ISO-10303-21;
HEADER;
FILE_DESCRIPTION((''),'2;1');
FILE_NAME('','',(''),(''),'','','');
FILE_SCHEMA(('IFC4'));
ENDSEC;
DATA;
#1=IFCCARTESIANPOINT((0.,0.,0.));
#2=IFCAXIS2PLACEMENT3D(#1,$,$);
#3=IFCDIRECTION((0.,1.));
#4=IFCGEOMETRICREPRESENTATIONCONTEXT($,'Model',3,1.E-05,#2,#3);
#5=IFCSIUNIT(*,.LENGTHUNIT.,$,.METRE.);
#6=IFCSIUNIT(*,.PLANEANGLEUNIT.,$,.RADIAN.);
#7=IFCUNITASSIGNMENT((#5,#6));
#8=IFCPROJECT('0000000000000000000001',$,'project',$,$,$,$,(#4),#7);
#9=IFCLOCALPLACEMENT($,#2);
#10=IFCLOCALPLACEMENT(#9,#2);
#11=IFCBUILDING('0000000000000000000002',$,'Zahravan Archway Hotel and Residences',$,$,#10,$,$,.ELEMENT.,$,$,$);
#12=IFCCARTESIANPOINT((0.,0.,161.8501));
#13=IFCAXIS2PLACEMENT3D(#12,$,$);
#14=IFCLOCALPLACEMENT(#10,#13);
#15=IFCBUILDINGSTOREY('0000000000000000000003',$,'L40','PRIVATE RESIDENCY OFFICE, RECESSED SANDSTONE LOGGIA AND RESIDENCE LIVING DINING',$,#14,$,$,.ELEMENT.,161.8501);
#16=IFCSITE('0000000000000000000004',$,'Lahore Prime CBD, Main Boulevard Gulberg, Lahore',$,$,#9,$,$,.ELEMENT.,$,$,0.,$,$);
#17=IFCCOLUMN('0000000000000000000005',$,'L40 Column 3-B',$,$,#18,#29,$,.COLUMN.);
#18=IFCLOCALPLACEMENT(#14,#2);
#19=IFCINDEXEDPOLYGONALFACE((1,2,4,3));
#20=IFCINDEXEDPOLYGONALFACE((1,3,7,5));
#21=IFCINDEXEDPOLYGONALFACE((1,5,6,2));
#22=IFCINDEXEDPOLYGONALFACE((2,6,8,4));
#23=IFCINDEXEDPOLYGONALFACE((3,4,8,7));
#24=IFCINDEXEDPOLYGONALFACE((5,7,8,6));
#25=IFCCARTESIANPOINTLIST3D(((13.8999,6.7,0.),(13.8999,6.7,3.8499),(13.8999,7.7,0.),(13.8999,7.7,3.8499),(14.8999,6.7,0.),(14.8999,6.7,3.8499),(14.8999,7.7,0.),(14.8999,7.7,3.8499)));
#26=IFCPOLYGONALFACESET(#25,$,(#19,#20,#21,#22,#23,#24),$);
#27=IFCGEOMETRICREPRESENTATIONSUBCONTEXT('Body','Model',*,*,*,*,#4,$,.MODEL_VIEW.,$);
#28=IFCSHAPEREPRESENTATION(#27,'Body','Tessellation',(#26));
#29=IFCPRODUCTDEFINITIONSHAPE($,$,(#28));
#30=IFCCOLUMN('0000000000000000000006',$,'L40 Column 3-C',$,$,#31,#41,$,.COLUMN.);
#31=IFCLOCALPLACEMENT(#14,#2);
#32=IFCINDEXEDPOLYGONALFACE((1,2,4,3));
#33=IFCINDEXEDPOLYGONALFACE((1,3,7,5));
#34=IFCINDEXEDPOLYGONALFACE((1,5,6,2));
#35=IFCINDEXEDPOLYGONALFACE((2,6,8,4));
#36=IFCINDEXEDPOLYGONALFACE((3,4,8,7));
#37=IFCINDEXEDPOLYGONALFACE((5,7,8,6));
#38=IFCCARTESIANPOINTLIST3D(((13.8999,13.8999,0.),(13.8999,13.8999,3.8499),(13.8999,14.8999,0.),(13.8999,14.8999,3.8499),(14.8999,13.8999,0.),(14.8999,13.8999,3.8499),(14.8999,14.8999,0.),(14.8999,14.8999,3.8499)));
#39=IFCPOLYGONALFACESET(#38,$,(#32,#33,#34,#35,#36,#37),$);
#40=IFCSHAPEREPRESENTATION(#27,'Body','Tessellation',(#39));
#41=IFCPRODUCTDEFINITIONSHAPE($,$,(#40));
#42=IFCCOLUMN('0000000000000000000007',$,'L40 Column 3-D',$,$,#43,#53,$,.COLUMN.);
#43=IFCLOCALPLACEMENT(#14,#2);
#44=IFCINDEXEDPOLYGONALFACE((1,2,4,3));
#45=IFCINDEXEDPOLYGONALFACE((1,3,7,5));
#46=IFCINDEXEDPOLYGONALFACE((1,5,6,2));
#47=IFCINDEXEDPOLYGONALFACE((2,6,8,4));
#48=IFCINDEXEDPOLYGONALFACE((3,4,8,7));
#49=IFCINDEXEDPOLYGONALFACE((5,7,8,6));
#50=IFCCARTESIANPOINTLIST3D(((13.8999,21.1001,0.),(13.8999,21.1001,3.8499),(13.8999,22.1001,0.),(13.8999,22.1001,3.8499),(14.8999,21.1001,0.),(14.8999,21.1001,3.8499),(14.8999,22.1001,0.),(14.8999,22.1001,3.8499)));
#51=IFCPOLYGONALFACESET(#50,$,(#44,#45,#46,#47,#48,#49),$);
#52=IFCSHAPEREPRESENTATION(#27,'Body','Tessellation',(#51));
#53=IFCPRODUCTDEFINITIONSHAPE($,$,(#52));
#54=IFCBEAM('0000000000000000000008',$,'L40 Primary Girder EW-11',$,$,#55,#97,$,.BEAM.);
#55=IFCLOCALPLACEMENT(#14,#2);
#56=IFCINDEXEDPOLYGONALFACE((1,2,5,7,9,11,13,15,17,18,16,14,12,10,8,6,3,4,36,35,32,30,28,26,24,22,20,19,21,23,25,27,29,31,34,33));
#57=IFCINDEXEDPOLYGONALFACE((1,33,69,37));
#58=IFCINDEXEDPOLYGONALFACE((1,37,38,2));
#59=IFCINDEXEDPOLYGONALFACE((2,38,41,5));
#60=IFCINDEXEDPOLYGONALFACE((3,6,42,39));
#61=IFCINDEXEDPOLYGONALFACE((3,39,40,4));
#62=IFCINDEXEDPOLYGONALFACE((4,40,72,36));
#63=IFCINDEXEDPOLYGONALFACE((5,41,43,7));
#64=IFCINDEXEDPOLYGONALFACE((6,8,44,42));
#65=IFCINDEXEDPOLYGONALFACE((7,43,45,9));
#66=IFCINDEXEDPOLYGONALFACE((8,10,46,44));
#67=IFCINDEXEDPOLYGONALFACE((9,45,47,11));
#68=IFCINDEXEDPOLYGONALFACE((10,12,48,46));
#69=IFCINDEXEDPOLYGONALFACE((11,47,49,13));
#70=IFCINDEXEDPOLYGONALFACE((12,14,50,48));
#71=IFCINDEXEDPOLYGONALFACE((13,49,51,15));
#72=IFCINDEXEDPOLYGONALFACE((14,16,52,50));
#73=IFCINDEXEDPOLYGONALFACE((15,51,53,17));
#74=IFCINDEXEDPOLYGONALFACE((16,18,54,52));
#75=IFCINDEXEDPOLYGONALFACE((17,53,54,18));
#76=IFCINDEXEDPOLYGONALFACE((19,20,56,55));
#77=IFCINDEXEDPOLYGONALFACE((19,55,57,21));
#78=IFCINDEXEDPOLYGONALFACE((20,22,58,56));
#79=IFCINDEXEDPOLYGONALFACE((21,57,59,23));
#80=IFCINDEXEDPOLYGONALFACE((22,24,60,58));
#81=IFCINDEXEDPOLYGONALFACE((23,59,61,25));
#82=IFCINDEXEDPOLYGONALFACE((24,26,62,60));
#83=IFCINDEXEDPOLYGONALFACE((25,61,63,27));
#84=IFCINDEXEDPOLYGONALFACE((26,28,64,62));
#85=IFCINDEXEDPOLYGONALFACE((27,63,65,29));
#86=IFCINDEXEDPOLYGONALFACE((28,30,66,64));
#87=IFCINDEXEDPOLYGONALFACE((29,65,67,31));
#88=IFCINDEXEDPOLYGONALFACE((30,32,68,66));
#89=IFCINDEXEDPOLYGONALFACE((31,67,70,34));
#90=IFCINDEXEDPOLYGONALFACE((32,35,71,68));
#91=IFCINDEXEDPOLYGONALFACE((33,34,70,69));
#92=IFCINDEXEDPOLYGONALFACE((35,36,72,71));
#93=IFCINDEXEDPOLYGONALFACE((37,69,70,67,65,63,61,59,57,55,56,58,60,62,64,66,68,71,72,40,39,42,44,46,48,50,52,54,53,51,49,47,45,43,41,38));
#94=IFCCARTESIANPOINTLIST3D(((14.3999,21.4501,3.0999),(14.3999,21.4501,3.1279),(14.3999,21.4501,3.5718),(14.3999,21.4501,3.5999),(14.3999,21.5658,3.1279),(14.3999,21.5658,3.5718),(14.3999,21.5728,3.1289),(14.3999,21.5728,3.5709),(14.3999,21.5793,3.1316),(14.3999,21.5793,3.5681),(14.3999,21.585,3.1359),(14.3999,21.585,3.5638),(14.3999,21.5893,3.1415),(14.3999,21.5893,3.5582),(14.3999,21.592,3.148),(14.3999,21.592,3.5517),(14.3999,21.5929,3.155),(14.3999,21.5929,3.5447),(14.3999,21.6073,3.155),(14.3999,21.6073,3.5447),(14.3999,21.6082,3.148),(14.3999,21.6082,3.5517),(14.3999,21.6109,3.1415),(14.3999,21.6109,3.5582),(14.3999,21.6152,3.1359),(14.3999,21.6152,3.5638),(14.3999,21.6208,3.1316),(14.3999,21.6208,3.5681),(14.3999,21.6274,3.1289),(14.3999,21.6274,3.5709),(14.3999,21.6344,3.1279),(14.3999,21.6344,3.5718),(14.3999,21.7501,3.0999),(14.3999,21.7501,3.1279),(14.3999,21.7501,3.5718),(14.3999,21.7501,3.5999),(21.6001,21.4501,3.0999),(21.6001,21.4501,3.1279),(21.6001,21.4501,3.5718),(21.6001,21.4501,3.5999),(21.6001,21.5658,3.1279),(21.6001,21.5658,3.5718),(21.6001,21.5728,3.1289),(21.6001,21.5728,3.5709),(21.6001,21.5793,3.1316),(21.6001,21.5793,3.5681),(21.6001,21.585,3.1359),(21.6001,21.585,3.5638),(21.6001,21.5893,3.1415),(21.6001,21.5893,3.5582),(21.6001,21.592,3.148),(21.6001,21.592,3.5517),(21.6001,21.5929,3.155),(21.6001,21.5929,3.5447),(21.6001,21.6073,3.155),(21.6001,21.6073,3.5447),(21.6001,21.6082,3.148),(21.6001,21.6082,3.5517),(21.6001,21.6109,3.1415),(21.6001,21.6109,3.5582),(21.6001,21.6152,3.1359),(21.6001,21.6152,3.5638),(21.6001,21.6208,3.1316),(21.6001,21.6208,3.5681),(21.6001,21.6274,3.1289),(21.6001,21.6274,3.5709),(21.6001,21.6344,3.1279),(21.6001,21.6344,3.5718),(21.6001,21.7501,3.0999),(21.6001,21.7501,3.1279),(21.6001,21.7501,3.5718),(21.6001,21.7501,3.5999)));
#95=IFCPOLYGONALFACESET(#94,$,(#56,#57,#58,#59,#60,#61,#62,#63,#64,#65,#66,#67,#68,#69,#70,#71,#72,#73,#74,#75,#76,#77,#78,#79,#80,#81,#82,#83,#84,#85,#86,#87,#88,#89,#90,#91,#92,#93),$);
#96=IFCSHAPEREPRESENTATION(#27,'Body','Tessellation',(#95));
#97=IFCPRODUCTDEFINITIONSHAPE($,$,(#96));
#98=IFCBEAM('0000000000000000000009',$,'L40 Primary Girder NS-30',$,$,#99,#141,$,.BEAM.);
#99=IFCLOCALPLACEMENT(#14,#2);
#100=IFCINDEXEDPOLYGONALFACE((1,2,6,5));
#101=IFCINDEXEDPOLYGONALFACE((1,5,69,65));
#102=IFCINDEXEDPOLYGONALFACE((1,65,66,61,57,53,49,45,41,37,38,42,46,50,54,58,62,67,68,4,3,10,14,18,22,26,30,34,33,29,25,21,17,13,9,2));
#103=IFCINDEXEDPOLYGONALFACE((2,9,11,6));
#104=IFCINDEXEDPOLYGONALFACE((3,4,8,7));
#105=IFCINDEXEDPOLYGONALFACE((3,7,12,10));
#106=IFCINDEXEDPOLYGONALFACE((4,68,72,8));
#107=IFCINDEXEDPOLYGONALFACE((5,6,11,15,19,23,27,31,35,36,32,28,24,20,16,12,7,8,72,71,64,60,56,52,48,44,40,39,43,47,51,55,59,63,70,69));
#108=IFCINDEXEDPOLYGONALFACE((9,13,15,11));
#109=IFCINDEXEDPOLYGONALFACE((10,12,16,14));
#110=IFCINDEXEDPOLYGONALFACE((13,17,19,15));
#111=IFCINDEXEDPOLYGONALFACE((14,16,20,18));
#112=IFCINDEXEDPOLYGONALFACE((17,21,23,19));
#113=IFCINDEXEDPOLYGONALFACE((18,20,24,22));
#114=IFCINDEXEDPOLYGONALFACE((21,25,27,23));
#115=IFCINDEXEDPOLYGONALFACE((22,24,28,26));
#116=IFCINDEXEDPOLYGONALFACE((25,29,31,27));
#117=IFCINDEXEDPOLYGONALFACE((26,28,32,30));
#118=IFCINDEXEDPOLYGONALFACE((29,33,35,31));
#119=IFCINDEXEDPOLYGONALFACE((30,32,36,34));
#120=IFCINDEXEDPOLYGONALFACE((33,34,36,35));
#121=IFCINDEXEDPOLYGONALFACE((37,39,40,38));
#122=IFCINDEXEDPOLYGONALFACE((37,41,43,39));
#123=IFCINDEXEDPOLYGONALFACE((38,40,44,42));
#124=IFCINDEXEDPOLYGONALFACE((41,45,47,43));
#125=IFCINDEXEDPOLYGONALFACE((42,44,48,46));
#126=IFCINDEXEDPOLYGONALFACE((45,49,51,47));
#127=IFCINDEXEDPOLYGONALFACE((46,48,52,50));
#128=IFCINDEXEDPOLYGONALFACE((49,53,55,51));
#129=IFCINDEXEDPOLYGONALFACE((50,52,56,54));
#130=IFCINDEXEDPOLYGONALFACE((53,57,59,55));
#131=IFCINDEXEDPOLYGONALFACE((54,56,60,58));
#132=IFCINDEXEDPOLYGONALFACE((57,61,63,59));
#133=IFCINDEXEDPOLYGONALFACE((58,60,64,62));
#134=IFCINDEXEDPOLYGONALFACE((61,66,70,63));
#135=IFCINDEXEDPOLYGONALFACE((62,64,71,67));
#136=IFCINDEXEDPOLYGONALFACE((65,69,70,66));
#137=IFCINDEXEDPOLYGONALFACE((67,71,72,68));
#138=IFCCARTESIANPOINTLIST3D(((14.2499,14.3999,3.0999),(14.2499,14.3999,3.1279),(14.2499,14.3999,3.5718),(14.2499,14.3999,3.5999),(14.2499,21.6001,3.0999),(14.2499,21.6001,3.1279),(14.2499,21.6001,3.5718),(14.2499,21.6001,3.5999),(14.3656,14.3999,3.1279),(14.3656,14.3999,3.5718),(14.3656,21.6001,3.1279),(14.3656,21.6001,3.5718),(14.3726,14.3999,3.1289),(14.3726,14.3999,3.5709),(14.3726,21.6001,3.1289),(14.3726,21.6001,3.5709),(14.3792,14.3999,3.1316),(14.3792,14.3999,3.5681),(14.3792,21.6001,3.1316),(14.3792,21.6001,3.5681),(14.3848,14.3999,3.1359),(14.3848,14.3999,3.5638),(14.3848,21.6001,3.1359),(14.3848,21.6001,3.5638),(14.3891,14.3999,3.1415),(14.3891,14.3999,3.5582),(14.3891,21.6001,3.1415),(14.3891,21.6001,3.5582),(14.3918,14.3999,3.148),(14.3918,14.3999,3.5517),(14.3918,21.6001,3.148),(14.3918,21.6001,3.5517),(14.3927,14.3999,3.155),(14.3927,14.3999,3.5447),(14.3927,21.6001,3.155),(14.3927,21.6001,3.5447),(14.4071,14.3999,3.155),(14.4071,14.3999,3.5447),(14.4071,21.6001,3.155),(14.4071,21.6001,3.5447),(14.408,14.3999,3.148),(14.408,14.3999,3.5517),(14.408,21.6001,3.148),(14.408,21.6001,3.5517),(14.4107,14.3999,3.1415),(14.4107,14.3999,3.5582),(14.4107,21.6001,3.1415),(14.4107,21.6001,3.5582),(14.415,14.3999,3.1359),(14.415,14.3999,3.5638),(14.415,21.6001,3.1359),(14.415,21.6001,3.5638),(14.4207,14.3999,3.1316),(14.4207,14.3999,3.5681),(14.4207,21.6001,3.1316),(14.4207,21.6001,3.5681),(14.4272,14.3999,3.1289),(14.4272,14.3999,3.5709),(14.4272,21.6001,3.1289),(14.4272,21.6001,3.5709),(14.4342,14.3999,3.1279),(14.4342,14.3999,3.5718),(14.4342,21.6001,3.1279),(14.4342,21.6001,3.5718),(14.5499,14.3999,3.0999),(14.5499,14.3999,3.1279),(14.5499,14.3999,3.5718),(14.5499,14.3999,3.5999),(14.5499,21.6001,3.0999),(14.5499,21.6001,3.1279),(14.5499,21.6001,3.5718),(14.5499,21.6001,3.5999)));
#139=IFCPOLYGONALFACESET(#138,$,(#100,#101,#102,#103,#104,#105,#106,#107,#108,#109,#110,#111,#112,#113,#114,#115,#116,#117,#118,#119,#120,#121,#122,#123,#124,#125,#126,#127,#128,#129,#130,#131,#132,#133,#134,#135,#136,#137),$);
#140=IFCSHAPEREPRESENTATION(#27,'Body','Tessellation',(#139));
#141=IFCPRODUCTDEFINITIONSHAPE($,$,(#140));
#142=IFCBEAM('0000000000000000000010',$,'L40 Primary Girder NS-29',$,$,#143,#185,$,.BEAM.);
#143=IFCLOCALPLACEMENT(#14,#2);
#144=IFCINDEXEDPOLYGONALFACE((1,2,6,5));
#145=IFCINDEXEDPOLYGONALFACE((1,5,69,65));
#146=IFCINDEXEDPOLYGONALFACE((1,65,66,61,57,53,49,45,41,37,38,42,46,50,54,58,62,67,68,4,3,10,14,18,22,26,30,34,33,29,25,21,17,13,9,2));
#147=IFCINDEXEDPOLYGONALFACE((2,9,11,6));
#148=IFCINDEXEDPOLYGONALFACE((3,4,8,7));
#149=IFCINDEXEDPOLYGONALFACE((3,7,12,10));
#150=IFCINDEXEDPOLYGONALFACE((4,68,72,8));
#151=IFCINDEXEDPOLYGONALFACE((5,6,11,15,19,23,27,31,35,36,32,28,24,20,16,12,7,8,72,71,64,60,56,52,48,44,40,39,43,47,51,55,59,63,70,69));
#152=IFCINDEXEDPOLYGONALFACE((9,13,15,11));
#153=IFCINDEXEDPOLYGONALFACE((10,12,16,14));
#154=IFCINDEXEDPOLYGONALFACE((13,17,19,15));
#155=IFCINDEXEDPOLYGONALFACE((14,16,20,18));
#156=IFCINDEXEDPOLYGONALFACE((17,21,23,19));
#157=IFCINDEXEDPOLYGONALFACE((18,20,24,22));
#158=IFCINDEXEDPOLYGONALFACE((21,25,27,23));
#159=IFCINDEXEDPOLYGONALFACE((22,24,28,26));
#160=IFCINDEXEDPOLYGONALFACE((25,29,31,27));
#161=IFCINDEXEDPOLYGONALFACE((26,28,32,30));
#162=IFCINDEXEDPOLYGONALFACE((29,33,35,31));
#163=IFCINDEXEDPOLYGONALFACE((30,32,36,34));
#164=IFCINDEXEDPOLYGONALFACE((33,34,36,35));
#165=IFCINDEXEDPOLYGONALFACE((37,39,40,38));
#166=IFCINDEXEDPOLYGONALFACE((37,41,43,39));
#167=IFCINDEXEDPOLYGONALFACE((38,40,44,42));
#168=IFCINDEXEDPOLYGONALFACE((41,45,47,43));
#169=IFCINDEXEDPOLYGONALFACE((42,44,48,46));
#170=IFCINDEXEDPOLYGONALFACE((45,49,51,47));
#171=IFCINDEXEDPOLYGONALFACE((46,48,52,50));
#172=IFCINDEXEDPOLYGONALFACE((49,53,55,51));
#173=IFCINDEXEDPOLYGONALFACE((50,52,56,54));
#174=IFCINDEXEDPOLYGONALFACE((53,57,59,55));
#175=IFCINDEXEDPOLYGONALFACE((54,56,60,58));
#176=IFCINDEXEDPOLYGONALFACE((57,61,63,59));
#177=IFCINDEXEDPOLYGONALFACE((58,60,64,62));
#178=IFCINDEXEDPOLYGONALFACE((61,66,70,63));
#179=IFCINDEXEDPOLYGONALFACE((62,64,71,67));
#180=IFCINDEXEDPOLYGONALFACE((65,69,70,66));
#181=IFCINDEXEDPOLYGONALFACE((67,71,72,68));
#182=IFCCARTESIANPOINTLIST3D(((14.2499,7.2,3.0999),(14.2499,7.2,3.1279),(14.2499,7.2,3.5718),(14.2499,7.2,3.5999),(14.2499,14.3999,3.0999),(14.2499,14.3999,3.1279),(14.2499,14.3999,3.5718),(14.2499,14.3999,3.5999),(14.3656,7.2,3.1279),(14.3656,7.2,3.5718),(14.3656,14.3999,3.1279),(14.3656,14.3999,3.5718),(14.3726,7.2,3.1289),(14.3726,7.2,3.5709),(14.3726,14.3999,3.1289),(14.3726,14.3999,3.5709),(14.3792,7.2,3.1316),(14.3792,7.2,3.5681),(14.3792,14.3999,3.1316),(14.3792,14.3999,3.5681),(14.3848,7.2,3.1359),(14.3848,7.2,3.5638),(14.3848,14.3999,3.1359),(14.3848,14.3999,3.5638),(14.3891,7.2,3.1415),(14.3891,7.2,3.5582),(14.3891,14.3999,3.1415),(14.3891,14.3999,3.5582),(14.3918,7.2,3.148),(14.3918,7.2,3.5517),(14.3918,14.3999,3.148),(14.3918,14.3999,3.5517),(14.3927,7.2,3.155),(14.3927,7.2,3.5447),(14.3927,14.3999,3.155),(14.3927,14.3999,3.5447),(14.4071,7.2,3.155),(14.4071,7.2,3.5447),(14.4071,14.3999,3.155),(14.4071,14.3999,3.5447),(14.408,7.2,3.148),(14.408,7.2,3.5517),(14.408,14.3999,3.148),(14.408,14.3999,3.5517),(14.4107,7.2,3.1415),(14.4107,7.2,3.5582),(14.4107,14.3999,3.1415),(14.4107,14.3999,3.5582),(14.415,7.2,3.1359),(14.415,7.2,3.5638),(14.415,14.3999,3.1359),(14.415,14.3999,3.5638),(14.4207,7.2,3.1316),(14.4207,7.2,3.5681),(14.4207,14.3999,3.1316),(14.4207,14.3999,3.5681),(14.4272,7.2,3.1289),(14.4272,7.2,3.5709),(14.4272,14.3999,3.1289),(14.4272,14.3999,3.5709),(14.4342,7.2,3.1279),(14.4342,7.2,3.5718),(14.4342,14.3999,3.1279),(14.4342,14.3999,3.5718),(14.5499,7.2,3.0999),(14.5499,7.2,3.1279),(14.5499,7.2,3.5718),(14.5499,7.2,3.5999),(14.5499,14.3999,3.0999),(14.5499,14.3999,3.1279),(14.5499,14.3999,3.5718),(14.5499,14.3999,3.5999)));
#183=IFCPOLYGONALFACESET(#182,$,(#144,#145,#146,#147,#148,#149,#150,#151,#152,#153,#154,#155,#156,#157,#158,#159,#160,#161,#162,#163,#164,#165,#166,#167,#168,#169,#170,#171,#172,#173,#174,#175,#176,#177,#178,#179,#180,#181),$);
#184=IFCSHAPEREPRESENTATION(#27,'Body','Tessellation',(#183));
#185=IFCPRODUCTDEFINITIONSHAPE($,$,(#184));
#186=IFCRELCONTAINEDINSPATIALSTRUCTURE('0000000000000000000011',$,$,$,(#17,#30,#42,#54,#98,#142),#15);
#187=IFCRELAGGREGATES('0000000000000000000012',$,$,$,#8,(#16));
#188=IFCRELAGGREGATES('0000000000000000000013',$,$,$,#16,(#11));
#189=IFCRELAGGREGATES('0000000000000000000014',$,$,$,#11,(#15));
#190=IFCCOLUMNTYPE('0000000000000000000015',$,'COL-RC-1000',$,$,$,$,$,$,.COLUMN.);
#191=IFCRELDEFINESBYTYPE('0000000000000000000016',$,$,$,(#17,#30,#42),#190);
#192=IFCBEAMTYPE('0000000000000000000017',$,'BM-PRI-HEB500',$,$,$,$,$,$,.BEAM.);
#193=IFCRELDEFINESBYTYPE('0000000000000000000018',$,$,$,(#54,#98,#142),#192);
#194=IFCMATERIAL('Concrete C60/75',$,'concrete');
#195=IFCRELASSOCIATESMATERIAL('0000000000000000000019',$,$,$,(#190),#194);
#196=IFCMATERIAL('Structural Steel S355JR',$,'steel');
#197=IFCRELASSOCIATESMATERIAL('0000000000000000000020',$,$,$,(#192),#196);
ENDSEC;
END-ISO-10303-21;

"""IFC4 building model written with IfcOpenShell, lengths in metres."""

from ifc_helpers import new_model, si_unit, direction, frame, origin, origin_2d, place, context, subcontext, project, spatial, rectangle, i_section, extrude, source, transform, mapped, material, material_profile, profile_set, type_object, type_shapes, element, save


model = new_model("IFC4")

# Units and contexts
model_context = context("Model", 3, precision=1e-05, world=origin(), true_north=direction((0.0, 1.0)))
body_context = subcontext(model_context, "Body", "Model", "MODEL_VIEW")
ifc_project = project(units=[si_unit("LENGTHUNIT", "METRE"), si_unit("PLANEANGLEUNIT", "RADIAN")], contexts=[model_context])

# Site, building, storey
site_placement = place(None, origin())
site = spatial("IfcSite", under=ifc_project, at=site_placement, Name="Lahore Prime CBD, Main Boulevard Gulberg, Lahore", CompositionType="ELEMENT", RefElevation=0.0)
building_placement = place(site_placement, origin())
building = spatial("IfcBuilding", under=site, at=building_placement, Name="Zahravan Archway Hotel and Residences", CompositionType="ELEMENT")
storey_placement = place(building_placement, frame((0.0, 0.0, 161.8501)))
storey = spatial("IfcBuildingStorey", under=building, at=storey_placement, Name="L40", Description="PRIVATE RESIDENCY OFFICE, RECESSED SANDSTONE LOGGIA AND RESIDENCE LIVING DINING", CompositionType="ELEMENT", Elevation=161.8501)

# Columns
ifc_material_1 = material(Name="Concrete C60/75", Category="concrete")
ifc_material_profile_1 = material_profile(ifc_material_1, rectangle(XDim=1.0, YDim=1.0, at=origin_2d()), Name="RC-COL-1000x1000", Category="concrete")
ifc_profile_set_1 = profile_set([ifc_material_profile_1], Name="Concrete C60/75")
column_type = type_object("IfcColumnType", Name="COL-RC-1000", PredefinedType="COLUMN", material=ifc_profile_set_1)
shared_shape_1 = source(origin(), body_context, "Body", "SweptSolid", [
    extrude(rectangle(XDim=1.0, YDim=1.0, at=origin_2d()), origin(), (0.0, 0.0, 1.0), 3.8499),
])
for number, where, z_axis, x_axis, name in (
    (1, (14.3999, 7.2, 0.0), (0.0, 0.0, 1.0), (1.0, 0.0, 0.0), "L40 Column 3-B"),
    (2, (14.3999, 14.3999, 0.0), (0.0, 0.0, 1.0), (1.0, 0.0, 0.0), "L40 Column 3-C"),
    (3, (14.3999, 21.6001, 0.0), (0.0, 0.0, 1.0), (1.0, 0.0, 0.0), "L40 Column 3-D"),
):
    element("IfcColumn", number, at=place(storey_placement, frame(where, z_axis=z_axis, x_axis=x_axis)), inside=storey, type_object=column_type, Name=name, PredefinedType="COLUMN", context=body_context, shape_type="MappedRepresentation", body=[
        mapped(shared_shape_1, transform((0.0, 0.0, 0.0), scale=1.0)),
    ])

# Beams
ifc_material_2 = material(Name="Structural Steel S355JR", Category="steel")
ifc_material_profile_2 = material_profile(ifc_material_2, i_section(OverallWidth=0.3, OverallDepth=0.5, WebThickness=0.0144, FlangeThickness=0.0281, FilletRadius=0.0271, at=origin_2d()), Name="HEB 500", Category="steel")
ifc_profile_set_2 = profile_set([ifc_material_profile_2], Name="Structural Steel S355JR")
beam_type = type_object("IfcBeamType", Name="BM-PRI-HEB500", PredefinedType="BEAM", material=ifc_profile_set_2)
shared_shape_2 = source(origin(), body_context, "Body", "SweptSolid", [
    extrude(i_section(OverallWidth=0.3, OverallDepth=0.5, WebThickness=0.0144, FlangeThickness=0.0281, FilletRadius=0.0271, at=origin_2d()), origin(), (0.0, 0.0, 1.0), 7.2002),
])
type_shapes(beam_type, [shared_shape_2])
for number, where, z_axis, x_axis, name in (
    (4, (14.3999, 21.6001, 3.3499), (1.0, 0.0, 0.0), (0.0, 1.0, 0.0), "L40 Primary Girder EW-11"),
    (5, (14.3999, 14.3999, 3.3499), (0.0, 1.0, 0.0), (-1.0, 0.0, 0.0), "L40 Primary Girder NS-30"),
):
    element("IfcBeam", number, at=place(storey_placement, frame(where, z_axis=z_axis, x_axis=x_axis)), inside=storey, type_object=beam_type, Name=name, PredefinedType="BEAM", context=body_context, shape_type="MappedRepresentation", body=[
        mapped(shared_shape_2, transform((0.0, 0.0, 0.0), scale=1.0)),
    ])
shared_shape_3 = source(origin(), body_context, "Body", "SweptSolid", [
    extrude(i_section(OverallWidth=0.3, OverallDepth=0.5, WebThickness=0.0144, FlangeThickness=0.0281, FilletRadius=0.0271, at=origin_2d()), origin(), (0.0, 0.0, 1.0), 7.2),
])
beam_placement = place(storey_placement, frame((14.3999, 7.2, 3.3499), z_axis=(0.0, 1.0, 0.0), x_axis=(-1.0, 0.0, 0.0)))
element("IfcBeam", 6, at=beam_placement, inside=storey, type_object=beam_type, Name="L40 Primary Girder NS-29", PredefinedType="BEAM", context=body_context, shape_type="MappedRepresentation", body=[
    mapped(shared_shape_3, transform((0.0, 0.0, 0.0), scale=1.0)),
])

save(model, "model.ifc")
